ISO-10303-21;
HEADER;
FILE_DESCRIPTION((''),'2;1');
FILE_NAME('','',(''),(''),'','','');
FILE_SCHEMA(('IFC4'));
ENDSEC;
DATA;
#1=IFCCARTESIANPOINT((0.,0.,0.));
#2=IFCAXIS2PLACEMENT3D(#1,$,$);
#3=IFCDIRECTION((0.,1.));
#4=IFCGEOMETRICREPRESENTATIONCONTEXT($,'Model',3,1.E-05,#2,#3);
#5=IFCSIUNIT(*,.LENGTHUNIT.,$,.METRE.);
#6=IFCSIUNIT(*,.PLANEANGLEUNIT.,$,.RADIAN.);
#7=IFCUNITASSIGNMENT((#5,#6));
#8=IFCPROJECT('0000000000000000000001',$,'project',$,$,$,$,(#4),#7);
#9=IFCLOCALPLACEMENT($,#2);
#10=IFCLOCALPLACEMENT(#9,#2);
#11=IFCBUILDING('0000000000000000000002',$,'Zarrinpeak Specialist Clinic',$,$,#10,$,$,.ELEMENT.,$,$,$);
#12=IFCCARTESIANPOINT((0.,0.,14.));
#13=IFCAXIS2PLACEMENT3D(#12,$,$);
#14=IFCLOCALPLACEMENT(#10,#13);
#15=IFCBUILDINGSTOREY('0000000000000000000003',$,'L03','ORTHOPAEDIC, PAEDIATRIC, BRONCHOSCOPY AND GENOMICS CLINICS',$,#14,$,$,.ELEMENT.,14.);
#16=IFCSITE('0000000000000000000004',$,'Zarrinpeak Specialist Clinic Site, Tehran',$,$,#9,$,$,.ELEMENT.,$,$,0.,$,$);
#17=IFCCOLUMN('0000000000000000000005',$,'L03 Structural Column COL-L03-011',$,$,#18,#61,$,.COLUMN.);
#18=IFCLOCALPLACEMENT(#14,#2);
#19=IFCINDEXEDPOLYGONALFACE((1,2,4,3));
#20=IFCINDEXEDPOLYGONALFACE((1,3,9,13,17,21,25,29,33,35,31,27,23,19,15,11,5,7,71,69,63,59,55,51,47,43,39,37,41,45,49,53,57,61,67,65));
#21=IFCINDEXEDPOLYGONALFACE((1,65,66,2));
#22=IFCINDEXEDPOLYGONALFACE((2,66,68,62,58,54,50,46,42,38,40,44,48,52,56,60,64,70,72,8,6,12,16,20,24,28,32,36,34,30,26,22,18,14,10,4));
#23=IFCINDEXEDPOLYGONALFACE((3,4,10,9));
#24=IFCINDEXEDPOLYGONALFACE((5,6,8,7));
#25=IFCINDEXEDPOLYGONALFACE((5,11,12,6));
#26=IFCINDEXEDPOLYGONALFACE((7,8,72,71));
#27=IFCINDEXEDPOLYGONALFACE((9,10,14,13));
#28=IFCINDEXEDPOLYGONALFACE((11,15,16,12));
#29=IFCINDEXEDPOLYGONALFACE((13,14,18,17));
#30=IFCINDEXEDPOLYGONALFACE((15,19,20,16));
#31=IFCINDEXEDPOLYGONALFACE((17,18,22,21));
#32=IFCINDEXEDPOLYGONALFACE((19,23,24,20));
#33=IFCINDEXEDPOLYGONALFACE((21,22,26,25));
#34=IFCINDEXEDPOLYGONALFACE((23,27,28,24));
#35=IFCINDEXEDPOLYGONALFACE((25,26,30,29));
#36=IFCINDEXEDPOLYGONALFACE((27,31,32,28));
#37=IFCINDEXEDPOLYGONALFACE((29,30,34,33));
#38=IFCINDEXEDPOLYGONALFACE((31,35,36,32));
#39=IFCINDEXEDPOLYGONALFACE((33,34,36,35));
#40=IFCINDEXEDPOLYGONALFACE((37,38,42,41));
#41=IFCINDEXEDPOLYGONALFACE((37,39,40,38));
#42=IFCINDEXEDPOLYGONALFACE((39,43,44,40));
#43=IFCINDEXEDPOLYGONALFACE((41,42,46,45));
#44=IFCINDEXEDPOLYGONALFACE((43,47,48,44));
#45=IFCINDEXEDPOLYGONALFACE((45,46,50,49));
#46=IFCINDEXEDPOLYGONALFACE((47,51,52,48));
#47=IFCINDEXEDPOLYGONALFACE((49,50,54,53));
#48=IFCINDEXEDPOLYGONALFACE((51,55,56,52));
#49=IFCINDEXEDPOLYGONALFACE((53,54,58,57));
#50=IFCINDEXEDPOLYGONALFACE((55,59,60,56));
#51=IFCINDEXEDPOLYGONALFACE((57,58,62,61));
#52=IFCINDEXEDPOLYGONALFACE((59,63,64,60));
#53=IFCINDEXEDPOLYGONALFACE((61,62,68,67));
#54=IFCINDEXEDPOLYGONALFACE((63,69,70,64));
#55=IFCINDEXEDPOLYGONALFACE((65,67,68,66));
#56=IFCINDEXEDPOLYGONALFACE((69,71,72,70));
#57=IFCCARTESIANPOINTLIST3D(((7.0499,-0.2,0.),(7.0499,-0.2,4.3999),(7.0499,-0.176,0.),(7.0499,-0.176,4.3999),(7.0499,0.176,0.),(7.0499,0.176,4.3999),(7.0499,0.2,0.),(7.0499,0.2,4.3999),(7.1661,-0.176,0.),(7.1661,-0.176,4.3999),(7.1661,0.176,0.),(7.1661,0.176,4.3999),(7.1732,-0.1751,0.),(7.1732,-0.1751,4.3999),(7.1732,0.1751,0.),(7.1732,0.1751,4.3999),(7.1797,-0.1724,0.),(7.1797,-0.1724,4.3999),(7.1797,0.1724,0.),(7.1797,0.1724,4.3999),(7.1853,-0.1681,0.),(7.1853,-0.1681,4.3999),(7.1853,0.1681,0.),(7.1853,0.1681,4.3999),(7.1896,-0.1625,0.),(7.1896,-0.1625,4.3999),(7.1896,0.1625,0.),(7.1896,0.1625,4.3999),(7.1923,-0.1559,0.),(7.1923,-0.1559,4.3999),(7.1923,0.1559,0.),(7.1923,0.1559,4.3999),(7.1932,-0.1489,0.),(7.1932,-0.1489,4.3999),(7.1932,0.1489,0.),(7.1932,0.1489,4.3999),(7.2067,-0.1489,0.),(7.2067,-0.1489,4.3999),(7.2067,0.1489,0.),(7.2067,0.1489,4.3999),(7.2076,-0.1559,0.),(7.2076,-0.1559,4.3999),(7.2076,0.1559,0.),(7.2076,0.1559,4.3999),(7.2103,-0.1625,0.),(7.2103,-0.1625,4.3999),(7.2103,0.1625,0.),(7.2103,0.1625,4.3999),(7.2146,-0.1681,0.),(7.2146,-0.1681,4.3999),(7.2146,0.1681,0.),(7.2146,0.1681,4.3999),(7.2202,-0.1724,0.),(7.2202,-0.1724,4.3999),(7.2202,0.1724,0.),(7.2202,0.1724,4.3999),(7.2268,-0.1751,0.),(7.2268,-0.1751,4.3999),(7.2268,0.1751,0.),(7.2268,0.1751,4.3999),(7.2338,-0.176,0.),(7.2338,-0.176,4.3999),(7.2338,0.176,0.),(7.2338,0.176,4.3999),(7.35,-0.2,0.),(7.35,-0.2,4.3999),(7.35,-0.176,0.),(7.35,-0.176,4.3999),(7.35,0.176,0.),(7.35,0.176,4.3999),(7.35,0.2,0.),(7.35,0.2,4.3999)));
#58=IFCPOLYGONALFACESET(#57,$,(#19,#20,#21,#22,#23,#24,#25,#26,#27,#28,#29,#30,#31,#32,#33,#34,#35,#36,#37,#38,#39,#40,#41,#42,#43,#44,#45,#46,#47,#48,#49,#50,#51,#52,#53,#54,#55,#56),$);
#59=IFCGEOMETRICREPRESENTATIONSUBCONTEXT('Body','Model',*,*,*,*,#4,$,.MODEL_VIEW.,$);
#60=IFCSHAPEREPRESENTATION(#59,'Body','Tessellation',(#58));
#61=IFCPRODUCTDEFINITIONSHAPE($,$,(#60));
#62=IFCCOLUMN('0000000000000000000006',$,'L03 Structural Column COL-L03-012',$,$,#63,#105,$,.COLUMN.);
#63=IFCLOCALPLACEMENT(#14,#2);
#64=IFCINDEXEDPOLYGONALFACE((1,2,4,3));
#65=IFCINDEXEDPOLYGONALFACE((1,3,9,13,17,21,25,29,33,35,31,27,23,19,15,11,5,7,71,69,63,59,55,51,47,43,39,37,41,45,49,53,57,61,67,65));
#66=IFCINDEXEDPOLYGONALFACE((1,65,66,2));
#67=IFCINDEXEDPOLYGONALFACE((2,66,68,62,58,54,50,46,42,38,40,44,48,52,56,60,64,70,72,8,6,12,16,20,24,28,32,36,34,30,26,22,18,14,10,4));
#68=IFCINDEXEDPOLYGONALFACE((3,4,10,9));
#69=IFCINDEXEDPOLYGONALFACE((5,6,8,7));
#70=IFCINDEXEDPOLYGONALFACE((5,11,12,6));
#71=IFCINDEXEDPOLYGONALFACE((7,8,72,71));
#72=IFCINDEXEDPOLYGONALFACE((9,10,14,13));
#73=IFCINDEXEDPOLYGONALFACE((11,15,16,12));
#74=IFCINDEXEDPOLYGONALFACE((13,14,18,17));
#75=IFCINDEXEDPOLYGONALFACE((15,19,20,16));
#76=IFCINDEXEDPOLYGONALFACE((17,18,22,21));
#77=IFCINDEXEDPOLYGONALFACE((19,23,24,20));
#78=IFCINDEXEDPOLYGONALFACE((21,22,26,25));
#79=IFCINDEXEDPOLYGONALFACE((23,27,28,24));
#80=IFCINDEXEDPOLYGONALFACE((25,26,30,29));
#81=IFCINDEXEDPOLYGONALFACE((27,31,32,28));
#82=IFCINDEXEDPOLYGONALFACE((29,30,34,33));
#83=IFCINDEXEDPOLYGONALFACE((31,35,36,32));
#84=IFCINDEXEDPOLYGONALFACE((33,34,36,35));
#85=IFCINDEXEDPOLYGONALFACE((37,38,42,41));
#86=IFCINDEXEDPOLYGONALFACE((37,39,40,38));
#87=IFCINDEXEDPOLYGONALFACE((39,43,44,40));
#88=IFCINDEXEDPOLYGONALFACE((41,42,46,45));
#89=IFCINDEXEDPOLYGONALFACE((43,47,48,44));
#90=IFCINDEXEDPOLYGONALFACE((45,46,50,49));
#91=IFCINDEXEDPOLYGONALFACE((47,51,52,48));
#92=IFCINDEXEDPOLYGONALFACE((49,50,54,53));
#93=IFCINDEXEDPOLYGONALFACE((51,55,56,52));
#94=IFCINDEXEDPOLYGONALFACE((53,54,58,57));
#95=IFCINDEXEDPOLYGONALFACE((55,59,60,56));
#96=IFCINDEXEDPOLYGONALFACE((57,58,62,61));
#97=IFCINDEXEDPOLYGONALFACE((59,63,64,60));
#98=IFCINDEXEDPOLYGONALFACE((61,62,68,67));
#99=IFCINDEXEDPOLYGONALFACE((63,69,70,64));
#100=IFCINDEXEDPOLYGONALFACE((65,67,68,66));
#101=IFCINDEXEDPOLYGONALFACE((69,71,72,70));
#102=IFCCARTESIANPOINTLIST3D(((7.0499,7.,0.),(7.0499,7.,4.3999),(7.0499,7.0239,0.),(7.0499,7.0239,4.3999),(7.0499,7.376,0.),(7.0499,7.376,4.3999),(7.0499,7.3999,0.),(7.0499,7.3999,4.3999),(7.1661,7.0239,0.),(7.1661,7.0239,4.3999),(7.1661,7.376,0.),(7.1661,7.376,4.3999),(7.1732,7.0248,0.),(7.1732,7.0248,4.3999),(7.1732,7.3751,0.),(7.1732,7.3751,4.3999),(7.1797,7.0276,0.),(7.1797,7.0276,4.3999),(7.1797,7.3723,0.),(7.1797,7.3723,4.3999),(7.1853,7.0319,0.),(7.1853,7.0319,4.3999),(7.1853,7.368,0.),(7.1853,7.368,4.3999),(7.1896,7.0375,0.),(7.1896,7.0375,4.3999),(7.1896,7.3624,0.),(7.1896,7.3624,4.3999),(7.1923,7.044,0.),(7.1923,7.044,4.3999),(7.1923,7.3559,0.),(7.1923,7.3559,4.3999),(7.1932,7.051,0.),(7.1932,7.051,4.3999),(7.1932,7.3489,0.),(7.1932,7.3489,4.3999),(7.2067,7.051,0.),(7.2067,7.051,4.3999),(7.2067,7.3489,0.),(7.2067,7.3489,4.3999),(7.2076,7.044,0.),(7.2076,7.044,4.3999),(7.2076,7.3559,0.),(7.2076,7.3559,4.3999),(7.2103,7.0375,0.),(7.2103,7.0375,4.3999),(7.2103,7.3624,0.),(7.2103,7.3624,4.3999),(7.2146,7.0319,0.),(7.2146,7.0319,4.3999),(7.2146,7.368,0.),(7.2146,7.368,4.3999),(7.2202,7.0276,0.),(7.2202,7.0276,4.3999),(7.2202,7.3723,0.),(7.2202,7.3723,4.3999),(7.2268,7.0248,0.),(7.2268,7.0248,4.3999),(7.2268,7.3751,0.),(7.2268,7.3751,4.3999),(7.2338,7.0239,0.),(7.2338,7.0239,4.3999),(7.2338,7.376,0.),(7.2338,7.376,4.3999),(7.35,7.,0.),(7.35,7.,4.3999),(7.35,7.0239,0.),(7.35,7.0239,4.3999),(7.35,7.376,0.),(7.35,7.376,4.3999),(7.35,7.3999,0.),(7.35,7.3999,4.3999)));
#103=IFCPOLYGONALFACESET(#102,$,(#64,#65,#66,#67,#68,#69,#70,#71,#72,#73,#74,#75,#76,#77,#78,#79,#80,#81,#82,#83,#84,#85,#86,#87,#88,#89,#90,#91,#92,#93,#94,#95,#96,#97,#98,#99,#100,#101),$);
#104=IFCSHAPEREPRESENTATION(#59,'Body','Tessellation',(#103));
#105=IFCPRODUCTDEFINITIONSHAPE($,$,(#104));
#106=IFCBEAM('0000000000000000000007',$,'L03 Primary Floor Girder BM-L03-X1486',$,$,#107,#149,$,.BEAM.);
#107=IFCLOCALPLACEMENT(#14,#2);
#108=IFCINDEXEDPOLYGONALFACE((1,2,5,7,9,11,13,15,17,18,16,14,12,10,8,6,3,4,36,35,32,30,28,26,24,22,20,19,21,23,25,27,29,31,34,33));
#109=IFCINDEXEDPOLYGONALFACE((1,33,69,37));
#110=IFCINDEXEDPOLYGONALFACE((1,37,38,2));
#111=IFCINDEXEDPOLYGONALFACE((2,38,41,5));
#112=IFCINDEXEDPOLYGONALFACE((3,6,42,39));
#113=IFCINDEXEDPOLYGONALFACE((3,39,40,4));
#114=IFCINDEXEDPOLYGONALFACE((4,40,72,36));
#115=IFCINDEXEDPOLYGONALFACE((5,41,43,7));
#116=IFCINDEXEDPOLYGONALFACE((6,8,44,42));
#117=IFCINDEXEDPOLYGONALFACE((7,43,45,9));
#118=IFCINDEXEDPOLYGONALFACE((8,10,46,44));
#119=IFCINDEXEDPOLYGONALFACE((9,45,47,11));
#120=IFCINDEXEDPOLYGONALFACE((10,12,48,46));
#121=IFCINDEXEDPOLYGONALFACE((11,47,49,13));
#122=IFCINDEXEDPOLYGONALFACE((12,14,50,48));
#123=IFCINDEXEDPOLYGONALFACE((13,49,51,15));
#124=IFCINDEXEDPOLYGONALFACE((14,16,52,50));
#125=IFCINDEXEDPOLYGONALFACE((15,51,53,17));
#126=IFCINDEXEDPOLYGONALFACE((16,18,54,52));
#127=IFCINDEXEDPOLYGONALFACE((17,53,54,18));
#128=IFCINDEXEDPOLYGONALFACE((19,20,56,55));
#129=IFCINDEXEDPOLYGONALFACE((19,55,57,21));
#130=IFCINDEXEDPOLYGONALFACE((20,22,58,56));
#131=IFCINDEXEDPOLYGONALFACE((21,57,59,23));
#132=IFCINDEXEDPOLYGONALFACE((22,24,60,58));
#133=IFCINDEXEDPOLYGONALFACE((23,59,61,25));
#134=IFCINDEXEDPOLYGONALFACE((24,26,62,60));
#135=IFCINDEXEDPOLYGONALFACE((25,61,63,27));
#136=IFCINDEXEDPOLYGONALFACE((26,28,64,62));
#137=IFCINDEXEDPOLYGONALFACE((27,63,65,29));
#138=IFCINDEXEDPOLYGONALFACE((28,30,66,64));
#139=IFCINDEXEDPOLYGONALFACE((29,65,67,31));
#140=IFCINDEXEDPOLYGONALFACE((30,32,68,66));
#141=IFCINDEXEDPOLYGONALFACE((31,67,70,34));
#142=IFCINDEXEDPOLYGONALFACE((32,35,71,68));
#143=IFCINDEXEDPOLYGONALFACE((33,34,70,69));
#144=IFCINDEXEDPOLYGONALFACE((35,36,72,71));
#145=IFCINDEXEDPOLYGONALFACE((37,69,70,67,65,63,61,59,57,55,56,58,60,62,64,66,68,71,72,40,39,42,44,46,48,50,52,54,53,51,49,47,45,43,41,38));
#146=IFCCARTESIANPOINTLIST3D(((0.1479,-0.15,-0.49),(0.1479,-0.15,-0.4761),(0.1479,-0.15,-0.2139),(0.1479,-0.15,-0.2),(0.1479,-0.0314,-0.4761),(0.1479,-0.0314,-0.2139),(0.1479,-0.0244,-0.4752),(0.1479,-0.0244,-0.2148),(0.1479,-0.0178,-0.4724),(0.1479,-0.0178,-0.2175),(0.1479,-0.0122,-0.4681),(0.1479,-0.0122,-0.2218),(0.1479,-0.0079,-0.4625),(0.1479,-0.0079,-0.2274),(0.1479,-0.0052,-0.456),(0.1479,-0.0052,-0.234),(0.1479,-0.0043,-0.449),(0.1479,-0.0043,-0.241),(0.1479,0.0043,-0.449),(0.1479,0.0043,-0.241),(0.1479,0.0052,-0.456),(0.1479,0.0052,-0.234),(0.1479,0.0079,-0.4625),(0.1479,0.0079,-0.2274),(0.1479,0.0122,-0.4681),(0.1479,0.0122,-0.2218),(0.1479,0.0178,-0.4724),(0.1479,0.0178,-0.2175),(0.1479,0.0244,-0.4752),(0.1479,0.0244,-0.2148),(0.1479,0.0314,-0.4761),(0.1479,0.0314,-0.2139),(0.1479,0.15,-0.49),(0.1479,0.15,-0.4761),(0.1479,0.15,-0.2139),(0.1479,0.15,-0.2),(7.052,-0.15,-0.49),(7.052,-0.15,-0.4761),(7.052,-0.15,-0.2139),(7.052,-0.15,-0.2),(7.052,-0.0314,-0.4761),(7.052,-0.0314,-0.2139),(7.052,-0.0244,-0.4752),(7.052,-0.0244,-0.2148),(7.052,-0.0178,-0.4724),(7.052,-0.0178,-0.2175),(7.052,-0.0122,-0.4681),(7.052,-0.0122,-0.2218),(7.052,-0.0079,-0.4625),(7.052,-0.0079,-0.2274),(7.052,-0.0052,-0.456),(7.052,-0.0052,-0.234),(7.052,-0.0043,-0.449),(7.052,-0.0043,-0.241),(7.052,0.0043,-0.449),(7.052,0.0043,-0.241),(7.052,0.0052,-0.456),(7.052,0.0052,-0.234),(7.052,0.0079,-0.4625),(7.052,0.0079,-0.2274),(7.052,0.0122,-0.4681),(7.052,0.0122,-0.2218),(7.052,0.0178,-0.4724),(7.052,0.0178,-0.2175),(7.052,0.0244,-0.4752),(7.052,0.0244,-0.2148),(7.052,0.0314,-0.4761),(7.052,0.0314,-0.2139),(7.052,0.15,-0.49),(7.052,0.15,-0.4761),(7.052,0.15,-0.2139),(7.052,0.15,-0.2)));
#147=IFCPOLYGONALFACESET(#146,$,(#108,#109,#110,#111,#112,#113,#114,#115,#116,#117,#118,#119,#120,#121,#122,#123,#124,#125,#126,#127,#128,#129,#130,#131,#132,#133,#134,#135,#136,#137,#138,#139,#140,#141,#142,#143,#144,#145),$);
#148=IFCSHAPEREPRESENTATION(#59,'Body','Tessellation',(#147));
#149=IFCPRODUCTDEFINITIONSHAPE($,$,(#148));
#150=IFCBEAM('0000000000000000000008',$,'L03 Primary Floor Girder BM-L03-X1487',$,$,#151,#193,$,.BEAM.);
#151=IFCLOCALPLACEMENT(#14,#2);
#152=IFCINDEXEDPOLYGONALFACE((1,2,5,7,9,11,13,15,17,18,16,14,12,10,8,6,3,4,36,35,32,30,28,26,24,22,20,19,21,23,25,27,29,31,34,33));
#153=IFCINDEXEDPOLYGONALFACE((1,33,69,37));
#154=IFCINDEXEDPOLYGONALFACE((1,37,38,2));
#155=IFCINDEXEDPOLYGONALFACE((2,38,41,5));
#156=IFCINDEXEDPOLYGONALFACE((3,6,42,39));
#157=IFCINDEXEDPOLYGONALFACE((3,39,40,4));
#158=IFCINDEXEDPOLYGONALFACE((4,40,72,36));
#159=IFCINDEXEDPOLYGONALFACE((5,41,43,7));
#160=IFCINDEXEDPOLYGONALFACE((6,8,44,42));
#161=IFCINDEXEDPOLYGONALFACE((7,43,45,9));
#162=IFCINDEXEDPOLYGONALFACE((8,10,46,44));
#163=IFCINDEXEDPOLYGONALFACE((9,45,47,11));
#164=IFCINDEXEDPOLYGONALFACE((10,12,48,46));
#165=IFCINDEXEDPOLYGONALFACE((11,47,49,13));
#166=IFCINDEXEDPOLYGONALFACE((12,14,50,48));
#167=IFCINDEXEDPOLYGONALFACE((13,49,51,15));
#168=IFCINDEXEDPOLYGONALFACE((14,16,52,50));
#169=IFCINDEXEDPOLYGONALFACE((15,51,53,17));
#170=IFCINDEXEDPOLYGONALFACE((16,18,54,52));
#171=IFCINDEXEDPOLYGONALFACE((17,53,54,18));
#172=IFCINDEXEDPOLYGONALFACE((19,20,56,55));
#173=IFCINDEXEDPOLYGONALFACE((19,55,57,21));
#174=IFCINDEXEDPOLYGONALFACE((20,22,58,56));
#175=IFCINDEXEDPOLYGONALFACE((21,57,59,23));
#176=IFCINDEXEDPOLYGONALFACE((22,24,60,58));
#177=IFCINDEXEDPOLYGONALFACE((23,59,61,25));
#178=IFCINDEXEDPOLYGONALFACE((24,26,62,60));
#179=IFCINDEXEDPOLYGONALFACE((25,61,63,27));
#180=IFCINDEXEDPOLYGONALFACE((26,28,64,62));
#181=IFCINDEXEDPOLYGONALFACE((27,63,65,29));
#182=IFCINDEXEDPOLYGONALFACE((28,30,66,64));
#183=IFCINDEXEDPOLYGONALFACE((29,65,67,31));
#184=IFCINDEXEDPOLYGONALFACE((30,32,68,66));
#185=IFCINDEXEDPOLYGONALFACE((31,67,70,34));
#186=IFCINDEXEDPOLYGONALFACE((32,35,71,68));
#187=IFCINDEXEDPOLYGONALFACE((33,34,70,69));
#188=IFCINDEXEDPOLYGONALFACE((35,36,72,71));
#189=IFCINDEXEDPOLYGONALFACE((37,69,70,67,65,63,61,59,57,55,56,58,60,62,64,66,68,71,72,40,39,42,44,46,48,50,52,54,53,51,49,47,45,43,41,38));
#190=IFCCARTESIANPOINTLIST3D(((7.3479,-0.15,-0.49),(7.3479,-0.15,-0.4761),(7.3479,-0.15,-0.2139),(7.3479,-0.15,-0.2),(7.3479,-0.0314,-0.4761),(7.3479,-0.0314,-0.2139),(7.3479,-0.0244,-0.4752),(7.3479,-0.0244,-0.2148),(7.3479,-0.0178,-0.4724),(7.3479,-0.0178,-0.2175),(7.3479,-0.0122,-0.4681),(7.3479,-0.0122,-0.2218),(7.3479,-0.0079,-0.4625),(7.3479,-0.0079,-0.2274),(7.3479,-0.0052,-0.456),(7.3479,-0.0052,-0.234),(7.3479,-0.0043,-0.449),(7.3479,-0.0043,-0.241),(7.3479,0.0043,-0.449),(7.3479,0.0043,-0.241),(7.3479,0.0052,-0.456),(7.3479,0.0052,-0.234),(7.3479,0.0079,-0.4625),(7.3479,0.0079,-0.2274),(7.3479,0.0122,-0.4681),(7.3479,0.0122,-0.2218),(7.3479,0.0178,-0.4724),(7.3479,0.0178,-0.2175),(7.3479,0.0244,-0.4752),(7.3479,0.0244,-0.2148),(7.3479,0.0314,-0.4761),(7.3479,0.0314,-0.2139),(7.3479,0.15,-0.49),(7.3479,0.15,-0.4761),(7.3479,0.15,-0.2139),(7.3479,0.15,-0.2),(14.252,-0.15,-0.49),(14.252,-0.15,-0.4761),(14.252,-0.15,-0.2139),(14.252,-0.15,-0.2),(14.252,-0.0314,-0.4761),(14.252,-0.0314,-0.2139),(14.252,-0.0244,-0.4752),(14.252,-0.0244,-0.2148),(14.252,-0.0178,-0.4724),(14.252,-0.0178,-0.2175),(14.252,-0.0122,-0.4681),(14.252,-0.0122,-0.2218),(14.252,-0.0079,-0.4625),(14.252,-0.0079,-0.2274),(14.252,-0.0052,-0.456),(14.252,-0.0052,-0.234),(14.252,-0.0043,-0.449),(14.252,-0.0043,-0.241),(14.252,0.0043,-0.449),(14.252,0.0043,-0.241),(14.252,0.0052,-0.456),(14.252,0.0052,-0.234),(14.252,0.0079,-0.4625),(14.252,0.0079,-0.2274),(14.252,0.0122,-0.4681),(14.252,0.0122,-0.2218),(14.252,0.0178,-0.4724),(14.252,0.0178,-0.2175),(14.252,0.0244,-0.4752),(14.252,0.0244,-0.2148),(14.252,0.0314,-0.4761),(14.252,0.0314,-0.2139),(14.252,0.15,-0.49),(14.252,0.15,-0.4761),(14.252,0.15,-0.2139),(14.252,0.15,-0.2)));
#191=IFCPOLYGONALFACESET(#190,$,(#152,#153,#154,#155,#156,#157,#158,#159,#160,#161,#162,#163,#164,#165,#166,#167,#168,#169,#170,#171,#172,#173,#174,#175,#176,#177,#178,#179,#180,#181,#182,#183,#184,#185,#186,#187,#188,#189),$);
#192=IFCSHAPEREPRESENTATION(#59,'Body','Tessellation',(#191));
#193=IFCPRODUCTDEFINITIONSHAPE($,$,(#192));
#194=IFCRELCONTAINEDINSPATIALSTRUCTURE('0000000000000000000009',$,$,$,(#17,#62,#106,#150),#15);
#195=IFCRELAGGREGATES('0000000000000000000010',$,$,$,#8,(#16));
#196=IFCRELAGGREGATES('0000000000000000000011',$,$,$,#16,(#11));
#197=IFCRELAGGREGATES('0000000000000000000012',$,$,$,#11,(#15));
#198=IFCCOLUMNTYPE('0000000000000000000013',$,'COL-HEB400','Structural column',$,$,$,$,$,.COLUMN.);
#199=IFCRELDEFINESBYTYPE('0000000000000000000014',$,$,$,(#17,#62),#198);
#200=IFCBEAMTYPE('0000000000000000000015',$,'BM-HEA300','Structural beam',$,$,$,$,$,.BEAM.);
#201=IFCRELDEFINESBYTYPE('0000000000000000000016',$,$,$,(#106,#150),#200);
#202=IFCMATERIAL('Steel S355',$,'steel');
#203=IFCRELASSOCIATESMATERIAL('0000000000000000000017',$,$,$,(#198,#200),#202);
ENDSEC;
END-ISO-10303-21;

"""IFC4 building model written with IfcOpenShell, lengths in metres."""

from ifc_helpers import new_model, si_unit, direction, frame, origin, origin_2d, place, context, subcontext, project, spatial, i_section, extrude, material, material_profile, profile_set, type_object, element, save


model = new_model("IFC4")

# Units and contexts
model_context = context("Model", 3, precision=1e-05, world=origin(), true_north=direction((0.0, 1.0)))
body_context = subcontext(model_context, "Body", "Model", "MODEL_VIEW")
ifc_project = project(units=[si_unit("LENGTHUNIT", "METRE"), si_unit("PLANEANGLEUNIT", "RADIAN")], contexts=[model_context])

# Site, building, storey
site_placement = place(None, origin())
site = spatial("IfcSite", under=ifc_project, at=site_placement, Name="Zarrinpeak Specialist Clinic Site, Tehran", CompositionType="ELEMENT", RefElevation=0.0)
building_placement = place(site_placement, origin())
building = spatial("IfcBuilding", under=site, at=building_placement, Name="Zarrinpeak Specialist Clinic", CompositionType="ELEMENT")
storey_placement = place(building_placement, frame((0.0, 0.0, 14.0)))
storey = spatial("IfcBuildingStorey", under=building, at=storey_placement, Name="L03", Description="ORTHOPAEDIC, PAEDIATRIC, BRONCHOSCOPY AND GENOMICS CLINICS", CompositionType="ELEMENT", Elevation=14.0)

# Columns
ifc_material_1 = material(Name="Steel S355", Category="steel")
ifc_material_profile_1 = material_profile(ifc_material_1, i_section(OverallWidth=0.3, OverallDepth=0.3999, WebThickness=0.0134, FlangeThickness=0.0239, FilletRadius=0.0271, at=origin_2d()), Name="HEB 400")
ifc_profile_set_1 = profile_set([ifc_material_profile_1], Name="Steel S355")
column_type = type_object("IfcColumnType", Name="COL-HEB400", Description="Structural column", PredefinedType="COLUMN", material=ifc_profile_set_1)
for number, where, z_axis, x_axis, name in (
    (1, (7.2, 0.0, 0.0), (0.0, 0.0, 1.0), (1.0, 0.0, 0.0), "L03 Structural Column COL-L03-011"),
    (2, (7.2, 7.2, 0.0), (0.0, 0.0, 1.0), (1.0, 0.0, 0.0), "L03 Structural Column COL-L03-012"),
):
    element("IfcColumn", number, at=place(storey_placement, frame(where, z_axis=z_axis, x_axis=x_axis)), inside=storey, type_object=column_type, Name=name, PredefinedType="COLUMN", context=body_context, shape_type="SweptSolid", body=[
        extrude(i_section(OverallWidth=0.3, OverallDepth=0.3999, WebThickness=0.0134, FlangeThickness=0.0239, FilletRadius=0.0271, at=origin_2d()), origin(), (0.0, 0.0, 1.0), 4.3999),
    ])

# Beams
ifc_material_profile_2 = material_profile(ifc_material_1, i_section(OverallWidth=0.3, OverallDepth=0.29, WebThickness=0.0085, FlangeThickness=0.0139, FilletRadius=0.0271, at=origin_2d()), Name="HEA 300")
ifc_profile_set_2 = profile_set([ifc_material_profile_2], Name="Steel S355")
beam_type = type_object("IfcBeamType", Name="BM-HEA300", Description="Structural beam", PredefinedType="BEAM", material=ifc_profile_set_2)
for number, where, z_axis, x_axis, name in (
    (3, (0.1479, 0.0, -0.345), (1.0, 0.0, 0.0), (0.0, 1.0, 0.0), "L03 Primary Floor Girder BM-L03-X1486"),
    (4, (7.3479, 0.0, -0.345), (1.0, 0.0, 0.0), (0.0, 1.0, 0.0), "L03 Primary Floor Girder BM-L03-X1487"),
):
    element("IfcBeam", number, at=place(storey_placement, frame(where, z_axis=z_axis, x_axis=x_axis)), inside=storey, type_object=beam_type, Name=name, PredefinedType="BEAM", context=body_context, shape_type="SweptSolid", body=[
        extrude(i_section(OverallWidth=0.3, OverallDepth=0.29, WebThickness=0.0085, FlangeThickness=0.0139, FilletRadius=0.0271, at=origin_2d()), origin(), (0.0, 0.0, 1.0), 6.9041),
    ])

save(model, "model.ifc")
